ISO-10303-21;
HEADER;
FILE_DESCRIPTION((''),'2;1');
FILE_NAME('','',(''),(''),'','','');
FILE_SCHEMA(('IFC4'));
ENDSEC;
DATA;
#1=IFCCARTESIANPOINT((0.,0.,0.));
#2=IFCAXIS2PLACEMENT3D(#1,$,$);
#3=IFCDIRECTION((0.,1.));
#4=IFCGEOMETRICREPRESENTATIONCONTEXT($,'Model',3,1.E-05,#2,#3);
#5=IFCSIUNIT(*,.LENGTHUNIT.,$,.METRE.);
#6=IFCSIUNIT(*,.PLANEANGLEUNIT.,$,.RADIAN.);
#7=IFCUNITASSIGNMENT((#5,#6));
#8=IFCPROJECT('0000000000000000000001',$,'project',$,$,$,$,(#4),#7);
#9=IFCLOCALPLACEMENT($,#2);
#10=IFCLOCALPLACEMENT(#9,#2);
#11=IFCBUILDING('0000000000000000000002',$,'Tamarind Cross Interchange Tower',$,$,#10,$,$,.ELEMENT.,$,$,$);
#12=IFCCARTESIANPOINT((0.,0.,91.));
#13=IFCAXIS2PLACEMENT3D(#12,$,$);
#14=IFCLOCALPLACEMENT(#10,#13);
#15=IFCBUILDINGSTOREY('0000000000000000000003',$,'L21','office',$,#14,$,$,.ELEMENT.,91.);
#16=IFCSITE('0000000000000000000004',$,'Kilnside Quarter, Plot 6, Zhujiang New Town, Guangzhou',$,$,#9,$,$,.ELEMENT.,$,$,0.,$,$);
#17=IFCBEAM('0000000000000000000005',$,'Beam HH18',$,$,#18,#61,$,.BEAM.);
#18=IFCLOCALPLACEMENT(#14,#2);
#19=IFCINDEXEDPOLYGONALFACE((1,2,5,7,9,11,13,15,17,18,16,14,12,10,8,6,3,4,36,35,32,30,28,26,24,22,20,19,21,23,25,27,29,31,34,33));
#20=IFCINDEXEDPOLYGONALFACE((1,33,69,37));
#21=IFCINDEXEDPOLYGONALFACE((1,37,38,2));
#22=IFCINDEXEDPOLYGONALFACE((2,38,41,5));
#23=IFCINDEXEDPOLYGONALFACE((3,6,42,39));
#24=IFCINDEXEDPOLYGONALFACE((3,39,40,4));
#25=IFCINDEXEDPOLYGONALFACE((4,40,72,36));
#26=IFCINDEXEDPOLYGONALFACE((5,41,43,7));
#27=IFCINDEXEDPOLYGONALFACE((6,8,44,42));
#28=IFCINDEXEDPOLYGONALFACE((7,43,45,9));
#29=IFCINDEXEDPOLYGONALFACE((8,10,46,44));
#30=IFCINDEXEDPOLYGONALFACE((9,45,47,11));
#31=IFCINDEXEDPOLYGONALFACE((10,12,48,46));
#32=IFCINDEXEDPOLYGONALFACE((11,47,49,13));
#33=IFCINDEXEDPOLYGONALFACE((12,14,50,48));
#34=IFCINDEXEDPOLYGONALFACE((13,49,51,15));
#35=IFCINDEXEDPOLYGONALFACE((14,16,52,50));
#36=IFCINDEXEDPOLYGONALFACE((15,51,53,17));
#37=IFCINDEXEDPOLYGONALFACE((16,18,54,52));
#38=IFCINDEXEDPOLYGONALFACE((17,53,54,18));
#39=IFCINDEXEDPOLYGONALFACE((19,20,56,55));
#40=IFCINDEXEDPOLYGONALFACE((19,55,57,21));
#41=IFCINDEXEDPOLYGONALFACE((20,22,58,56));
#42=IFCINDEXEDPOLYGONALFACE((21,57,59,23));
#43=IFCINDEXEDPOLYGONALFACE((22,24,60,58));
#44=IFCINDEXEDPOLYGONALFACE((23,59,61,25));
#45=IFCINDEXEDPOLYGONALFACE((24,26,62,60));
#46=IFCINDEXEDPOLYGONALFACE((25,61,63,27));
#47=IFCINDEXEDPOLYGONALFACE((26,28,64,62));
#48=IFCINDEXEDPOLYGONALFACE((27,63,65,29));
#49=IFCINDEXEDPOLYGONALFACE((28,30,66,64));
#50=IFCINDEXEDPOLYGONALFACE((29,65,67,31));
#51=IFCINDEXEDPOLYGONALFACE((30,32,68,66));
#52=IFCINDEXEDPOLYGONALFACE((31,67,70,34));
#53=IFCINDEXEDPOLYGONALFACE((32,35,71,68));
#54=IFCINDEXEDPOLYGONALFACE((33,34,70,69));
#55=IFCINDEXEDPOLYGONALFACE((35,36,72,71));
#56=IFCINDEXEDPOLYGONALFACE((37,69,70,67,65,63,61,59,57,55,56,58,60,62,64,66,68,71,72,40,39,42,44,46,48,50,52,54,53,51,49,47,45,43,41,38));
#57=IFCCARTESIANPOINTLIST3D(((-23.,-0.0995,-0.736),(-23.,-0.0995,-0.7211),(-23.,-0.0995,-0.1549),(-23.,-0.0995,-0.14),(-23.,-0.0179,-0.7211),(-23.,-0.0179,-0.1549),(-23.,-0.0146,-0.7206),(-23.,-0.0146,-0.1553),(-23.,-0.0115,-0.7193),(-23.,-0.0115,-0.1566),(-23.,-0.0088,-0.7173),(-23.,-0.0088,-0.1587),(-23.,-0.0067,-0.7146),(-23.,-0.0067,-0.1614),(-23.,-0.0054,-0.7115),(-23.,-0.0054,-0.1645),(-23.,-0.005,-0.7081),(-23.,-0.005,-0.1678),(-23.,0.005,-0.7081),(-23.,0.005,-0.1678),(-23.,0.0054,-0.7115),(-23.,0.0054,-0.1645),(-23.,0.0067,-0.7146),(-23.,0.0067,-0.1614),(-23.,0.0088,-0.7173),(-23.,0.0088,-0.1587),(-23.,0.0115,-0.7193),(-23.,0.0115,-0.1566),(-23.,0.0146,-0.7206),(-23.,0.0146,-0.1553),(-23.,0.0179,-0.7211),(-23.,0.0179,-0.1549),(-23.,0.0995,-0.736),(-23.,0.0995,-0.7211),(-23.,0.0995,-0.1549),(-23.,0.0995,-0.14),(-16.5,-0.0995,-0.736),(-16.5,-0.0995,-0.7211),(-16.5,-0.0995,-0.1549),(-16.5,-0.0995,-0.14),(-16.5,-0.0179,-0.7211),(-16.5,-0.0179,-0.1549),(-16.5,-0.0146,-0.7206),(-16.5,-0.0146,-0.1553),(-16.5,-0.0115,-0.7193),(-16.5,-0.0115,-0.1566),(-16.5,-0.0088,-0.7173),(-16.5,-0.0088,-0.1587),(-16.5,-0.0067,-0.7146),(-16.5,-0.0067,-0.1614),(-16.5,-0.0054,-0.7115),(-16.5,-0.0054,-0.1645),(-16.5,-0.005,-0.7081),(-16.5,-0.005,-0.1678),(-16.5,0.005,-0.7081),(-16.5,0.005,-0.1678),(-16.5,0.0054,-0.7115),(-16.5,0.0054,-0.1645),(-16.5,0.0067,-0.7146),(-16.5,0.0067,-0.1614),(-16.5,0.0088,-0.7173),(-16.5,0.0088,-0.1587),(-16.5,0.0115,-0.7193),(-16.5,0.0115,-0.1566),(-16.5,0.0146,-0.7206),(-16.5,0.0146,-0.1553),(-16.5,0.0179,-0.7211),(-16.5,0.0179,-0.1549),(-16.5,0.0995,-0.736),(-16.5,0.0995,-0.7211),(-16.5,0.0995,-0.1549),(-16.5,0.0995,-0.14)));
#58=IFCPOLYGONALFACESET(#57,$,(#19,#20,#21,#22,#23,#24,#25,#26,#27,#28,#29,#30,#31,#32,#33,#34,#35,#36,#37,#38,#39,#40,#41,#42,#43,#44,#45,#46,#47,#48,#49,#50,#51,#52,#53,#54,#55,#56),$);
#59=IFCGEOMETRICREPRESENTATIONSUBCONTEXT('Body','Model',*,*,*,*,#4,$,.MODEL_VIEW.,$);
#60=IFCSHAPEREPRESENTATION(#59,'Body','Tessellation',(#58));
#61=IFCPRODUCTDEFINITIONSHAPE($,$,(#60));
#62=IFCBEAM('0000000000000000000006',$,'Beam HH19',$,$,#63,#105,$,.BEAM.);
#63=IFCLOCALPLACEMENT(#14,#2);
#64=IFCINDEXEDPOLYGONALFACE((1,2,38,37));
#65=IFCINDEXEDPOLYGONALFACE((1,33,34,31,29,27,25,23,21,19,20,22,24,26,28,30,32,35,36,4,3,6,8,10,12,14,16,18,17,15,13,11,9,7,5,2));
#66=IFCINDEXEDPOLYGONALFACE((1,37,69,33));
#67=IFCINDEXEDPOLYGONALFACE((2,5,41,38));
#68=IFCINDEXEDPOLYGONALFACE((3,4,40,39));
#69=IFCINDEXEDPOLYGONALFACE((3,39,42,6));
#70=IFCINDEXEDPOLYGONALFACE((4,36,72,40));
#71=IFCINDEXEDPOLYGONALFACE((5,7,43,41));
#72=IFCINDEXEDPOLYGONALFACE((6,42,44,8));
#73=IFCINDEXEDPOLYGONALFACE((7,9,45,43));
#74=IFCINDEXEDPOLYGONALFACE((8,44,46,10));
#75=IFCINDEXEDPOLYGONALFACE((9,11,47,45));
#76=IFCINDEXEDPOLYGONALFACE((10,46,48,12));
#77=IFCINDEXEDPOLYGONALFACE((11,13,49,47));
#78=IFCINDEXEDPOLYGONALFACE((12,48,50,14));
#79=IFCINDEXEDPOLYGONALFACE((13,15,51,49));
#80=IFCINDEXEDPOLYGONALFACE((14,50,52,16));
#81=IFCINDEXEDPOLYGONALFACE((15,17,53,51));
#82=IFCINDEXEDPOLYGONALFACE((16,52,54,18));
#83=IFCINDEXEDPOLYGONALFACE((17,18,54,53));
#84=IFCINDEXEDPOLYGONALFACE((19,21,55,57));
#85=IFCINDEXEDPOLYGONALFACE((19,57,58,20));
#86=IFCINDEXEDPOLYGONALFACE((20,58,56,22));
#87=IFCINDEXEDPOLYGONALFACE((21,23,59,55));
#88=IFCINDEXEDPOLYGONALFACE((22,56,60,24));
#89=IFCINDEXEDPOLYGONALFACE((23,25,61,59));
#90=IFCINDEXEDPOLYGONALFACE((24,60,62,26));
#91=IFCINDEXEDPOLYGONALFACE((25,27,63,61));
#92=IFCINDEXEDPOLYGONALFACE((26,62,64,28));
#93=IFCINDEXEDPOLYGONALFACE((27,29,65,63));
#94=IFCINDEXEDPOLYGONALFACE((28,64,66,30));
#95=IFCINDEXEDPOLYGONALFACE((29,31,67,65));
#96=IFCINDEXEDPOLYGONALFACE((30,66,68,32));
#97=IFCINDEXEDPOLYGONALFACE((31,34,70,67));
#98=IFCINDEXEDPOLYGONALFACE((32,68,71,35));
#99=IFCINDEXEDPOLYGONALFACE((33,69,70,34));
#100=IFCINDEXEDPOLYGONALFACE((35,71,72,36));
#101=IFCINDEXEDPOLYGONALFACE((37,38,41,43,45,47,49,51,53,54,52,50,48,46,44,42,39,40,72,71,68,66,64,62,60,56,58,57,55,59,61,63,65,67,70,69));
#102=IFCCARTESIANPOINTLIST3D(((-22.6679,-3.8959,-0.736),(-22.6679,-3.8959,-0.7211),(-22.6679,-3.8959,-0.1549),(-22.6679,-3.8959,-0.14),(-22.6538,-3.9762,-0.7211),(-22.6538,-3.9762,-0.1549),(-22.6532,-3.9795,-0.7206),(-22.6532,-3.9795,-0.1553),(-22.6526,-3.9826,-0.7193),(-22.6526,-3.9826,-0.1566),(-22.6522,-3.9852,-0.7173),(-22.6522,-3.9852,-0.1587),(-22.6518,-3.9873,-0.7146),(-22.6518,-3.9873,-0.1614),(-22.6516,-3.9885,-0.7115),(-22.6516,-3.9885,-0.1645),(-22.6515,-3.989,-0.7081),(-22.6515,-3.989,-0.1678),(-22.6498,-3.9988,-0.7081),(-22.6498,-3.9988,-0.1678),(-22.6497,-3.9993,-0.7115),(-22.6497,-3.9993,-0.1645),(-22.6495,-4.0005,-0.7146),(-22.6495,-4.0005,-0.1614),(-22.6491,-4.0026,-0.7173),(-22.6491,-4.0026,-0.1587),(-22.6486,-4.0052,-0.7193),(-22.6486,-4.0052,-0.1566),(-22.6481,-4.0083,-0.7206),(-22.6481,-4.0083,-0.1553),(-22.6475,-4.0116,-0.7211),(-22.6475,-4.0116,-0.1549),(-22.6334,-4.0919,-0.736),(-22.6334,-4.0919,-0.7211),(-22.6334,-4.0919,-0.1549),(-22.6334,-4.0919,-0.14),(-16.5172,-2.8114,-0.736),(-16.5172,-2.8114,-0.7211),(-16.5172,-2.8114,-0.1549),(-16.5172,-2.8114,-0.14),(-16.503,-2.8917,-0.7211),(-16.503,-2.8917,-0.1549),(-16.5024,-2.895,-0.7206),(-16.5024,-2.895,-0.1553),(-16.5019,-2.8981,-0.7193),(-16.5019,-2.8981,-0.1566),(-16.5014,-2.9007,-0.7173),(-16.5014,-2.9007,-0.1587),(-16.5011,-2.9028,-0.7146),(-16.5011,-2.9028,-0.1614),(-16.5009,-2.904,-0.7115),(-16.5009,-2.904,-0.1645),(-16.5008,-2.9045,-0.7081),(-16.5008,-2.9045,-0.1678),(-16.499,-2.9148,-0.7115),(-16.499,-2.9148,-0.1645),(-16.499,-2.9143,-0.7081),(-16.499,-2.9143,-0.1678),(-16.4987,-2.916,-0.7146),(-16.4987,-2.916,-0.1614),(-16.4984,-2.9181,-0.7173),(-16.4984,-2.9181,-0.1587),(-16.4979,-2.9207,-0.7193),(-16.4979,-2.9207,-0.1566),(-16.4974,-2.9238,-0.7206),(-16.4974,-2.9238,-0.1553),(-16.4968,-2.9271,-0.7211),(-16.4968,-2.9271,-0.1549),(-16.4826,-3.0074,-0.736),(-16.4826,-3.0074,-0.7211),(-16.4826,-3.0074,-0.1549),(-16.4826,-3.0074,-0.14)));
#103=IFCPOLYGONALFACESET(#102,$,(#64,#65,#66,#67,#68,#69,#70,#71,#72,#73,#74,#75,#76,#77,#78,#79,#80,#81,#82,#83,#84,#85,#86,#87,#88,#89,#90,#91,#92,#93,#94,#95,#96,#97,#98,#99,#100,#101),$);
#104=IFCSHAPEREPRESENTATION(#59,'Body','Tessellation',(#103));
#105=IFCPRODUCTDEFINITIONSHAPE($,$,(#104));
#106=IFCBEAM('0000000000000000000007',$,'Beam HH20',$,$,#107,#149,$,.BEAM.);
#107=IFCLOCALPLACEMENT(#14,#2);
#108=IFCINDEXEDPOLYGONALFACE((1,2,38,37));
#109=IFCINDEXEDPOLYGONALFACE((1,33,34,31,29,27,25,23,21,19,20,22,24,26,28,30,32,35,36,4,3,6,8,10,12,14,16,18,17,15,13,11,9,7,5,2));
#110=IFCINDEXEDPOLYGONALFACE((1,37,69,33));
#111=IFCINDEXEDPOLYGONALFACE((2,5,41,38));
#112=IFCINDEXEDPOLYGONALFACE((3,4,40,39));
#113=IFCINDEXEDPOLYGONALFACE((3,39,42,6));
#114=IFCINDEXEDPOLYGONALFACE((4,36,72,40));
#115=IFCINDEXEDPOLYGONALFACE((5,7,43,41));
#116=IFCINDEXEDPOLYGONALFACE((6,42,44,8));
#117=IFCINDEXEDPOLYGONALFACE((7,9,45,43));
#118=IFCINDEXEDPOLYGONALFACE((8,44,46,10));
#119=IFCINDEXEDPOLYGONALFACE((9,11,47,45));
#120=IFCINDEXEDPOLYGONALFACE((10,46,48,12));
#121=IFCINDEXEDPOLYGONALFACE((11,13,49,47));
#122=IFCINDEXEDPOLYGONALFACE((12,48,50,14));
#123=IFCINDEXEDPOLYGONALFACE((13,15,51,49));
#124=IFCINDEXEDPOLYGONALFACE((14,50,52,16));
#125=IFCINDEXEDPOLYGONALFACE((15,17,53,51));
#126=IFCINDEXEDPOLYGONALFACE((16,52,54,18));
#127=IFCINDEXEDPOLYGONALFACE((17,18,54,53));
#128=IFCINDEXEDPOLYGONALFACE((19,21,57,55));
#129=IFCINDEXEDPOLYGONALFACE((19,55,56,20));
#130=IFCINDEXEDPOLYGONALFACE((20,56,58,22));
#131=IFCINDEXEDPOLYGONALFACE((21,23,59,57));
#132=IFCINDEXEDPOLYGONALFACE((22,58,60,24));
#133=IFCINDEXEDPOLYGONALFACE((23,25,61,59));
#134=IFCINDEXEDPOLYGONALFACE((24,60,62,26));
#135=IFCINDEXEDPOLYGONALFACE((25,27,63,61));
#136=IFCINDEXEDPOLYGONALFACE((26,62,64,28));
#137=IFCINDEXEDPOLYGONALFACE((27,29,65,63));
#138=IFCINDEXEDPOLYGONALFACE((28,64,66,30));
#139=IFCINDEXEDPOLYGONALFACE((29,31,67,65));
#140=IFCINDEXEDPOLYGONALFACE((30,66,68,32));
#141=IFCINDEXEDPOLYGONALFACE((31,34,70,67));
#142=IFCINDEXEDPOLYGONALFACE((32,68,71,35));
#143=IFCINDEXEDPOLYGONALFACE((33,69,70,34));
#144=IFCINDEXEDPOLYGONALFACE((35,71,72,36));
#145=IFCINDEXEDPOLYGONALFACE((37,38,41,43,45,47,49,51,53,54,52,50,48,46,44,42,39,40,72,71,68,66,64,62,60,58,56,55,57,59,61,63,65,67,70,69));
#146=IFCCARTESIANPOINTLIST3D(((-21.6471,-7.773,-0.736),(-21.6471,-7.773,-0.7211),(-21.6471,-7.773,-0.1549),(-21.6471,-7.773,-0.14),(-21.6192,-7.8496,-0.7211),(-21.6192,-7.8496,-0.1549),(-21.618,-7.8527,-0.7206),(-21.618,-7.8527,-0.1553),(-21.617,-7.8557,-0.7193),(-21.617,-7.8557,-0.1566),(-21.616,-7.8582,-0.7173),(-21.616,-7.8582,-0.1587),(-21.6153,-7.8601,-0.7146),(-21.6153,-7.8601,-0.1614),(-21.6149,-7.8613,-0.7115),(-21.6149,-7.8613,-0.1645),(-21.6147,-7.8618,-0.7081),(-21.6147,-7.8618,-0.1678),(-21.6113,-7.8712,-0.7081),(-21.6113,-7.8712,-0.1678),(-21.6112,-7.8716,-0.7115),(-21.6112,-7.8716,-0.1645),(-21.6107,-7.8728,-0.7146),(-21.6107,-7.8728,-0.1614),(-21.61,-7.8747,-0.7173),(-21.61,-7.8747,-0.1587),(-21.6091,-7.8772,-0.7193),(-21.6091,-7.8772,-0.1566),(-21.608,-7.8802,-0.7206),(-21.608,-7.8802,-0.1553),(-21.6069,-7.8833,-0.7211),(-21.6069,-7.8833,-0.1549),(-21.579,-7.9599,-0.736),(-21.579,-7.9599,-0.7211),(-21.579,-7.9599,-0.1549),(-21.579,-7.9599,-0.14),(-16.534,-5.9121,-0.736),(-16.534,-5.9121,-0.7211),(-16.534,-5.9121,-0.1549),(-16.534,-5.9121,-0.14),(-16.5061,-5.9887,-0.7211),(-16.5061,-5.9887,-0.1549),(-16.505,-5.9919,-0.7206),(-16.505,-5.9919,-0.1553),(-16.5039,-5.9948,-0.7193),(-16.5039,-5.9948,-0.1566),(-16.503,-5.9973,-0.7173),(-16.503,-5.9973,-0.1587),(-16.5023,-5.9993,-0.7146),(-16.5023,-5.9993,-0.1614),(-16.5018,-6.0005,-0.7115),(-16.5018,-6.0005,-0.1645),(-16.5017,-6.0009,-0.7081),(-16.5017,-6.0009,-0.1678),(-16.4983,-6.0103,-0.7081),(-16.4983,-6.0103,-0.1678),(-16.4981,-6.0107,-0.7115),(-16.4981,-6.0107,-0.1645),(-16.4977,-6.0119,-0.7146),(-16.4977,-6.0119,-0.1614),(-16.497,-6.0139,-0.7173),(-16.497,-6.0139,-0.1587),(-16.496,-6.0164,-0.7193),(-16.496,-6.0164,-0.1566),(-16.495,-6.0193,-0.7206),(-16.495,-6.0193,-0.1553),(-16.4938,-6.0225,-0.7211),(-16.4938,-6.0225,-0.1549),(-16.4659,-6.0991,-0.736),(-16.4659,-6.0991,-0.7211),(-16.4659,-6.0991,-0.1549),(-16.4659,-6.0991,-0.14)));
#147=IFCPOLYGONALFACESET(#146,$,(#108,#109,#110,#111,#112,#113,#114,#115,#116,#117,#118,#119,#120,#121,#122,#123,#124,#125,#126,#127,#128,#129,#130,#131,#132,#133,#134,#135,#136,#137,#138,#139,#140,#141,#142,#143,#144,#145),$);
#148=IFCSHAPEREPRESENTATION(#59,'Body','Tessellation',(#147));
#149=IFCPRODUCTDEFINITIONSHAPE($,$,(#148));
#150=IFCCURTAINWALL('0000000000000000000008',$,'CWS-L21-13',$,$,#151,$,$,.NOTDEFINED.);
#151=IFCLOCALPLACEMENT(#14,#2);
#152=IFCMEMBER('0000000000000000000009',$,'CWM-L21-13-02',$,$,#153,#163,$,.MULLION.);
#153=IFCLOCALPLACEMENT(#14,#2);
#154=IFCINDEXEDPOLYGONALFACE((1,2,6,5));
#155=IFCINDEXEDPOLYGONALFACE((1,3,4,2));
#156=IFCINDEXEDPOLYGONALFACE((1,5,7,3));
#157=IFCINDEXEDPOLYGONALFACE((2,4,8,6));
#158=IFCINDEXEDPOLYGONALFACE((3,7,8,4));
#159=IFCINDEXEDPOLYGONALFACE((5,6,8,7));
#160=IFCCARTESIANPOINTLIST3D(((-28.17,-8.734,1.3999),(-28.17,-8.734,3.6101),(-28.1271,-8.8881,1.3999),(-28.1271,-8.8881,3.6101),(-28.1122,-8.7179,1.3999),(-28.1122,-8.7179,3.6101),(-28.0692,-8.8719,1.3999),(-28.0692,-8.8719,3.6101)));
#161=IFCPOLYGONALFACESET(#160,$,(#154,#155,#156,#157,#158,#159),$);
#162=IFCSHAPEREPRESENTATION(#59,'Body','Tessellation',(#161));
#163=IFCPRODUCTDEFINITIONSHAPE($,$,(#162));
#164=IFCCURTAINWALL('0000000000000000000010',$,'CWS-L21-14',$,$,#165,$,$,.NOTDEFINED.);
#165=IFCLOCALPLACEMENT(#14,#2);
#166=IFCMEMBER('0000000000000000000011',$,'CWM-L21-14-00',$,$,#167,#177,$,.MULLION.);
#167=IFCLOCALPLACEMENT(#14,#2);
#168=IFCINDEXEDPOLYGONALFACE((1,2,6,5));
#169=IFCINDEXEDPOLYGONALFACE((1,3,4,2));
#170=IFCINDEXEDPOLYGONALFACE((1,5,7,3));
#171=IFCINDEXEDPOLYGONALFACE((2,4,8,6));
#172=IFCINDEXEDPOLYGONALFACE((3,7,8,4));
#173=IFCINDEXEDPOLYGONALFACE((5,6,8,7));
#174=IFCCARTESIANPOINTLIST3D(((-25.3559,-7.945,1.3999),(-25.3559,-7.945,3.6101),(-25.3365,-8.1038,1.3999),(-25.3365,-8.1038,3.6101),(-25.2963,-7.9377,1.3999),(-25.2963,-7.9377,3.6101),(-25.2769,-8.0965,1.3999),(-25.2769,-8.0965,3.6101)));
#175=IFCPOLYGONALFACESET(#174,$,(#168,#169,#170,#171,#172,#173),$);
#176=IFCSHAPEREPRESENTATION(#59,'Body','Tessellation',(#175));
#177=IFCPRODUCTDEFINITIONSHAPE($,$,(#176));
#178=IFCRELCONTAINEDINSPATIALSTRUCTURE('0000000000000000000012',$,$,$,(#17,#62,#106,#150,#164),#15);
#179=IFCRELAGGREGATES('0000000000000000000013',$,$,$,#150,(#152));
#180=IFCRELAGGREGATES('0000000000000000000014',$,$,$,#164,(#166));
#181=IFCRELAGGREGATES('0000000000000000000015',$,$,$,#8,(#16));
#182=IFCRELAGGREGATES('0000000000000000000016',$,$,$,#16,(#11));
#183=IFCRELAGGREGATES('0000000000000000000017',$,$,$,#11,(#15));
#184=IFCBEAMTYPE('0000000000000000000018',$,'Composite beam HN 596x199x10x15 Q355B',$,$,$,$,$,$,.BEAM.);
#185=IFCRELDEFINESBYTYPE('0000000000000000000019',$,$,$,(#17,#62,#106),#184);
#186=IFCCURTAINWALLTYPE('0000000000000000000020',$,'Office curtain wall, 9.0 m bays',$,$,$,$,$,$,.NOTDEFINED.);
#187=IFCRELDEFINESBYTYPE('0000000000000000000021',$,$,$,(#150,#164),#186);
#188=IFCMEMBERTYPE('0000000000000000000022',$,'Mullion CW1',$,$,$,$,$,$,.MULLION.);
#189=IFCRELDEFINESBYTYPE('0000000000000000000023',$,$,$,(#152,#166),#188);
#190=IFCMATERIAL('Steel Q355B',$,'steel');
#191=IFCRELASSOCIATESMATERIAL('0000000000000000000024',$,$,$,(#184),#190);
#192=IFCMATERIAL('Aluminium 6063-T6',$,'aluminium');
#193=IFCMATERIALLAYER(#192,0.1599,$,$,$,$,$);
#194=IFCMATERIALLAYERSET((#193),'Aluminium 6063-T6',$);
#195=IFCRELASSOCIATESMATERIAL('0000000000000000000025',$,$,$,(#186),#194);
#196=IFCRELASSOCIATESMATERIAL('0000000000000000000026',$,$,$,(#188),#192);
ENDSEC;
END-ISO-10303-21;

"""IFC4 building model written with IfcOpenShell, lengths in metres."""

from ifc_helpers import new_model, si_unit, direction, frame, origin, origin_2d, place, context, subcontext, project, spatial, rectangle, i_section, extrude, material, layer, layer_set, material_profile, profile_set, type_object, element, aggregate, save


model = new_model("IFC4")

# Units and contexts
model_context = context("Model", 3, precision=1e-05, world=origin(), true_north=direction((0.0, 1.0)))
body_context = subcontext(model_context, "Body", "Model", "MODEL_VIEW")
ifc_project = project(units=[si_unit("LENGTHUNIT", "METRE"), si_unit("PLANEANGLEUNIT", "RADIAN")], contexts=[model_context])

# Site, building, storey
site_placement = place(None, origin())
site = spatial("IfcSite", under=ifc_project, at=site_placement, Name="Kilnside Quarter, Plot 6, Zhujiang New Town, Guangzhou", CompositionType="ELEMENT", RefElevation=0.0)
building_placement = place(site_placement, origin())
building = spatial("IfcBuilding", under=site, at=building_placement, Name="Tamarind Cross Interchange Tower", CompositionType="ELEMENT")
storey_placement = place(building_placement, frame((0.0, 0.0, 91.0)))
storey = spatial("IfcBuildingStorey", under=building, at=storey_placement, Name="L21", Description="office", CompositionType="ELEMENT", Elevation=91.0)

# Beams
ifc_material_1 = material(Name="Steel Q355B", Category="steel")
ifc_material_profile_1 = material_profile(ifc_material_1, i_section(OverallWidth=0.199, OverallDepth=0.5959, WebThickness=0.01, FlangeThickness=0.0149, FilletRadius=0.0129, at=origin_2d()), Name="HN 596x199x10x15")
ifc_profile_set_1 = profile_set([ifc_material_profile_1], Name="Steel Q355B")
beam_type_1 = type_object("IfcBeamType", Name="Composite beam HN 596x199x10x15 Q355B", PredefinedType="BEAM", material=ifc_profile_set_1)
beam_1_placement = place(storey_placement, frame((-23.0, 0.0, -0.438), z_axis=(1.0, 0.0, 0.0), x_axis=(0.0, 1.0, 0.0)))
element("IfcBeam", 1, at=beam_1_placement, inside=storey, type_object=beam_type_1, Name="Beam HH18", PredefinedType="BEAM", context=body_context, shape_type="SweptSolid", body=[
    extrude(i_section(OverallWidth=0.199, OverallDepth=0.5959, WebThickness=0.01, FlangeThickness=0.0149, FilletRadius=0.0129, at=origin_2d()), origin(), (0.0, 0.0, 1.0), 6.5),
])
beam_2_placement = place(storey_placement, frame((-22.6506, -3.9939, -0.438), z_axis=(0.984809, 0.17364, 0.0), x_axis=(-0.17364, 0.984809, 0.0)))
element("IfcBeam", 2, at=beam_2_placement, inside=storey, type_object=beam_type_1, Name="Beam HH19", PredefinedType="BEAM", context=body_context, shape_type="SweptSolid", body=[
    extrude(i_section(OverallWidth=0.199, OverallDepth=0.5959, WebThickness=0.01, FlangeThickness=0.0149, FilletRadius=0.0129, at=origin_2d()), origin(), (0.0, 0.0, 1.0), 6.2456),
])
beam_3_placement = place(storey_placement, frame((-21.613, -7.8665, -0.438), z_axis=(0.939702, 0.341995, 0.0), x_axis=(-0.341995, 0.939702, 0.0)))
element("IfcBeam", 3, at=beam_3_placement, inside=storey, type_object=beam_type_1, Name="Beam HH20", PredefinedType="BEAM", context=body_context, shape_type="SweptSolid", body=[
    extrude(i_section(OverallWidth=0.199, OverallDepth=0.5959, WebThickness=0.01, FlangeThickness=0.0149, FilletRadius=0.0129, at=origin_2d()), origin(), (0.0, 0.0, 1.0), 5.4412),
])

# Curtain walls, members
ifc_material_2 = material(Name="Aluminium 6063-T6", Category="aluminium")
ifc_layer_1 = layer(ifc_material_2, 0.1599)
ifc_layer_set_1 = layer_set([ifc_layer_1], Name="Aluminium 6063-T6")
curtain_wall_type = type_object("IfcCurtainWallType", Name="Office curtain wall, 9.0 m bays", PredefinedType="NOTDEFINED", material=ifc_layer_set_1)
curtain_wall_1_placement = place(storey_placement, origin())
curtain_wall_1 = element("IfcCurtainWall", 4, at=curtain_wall_1_placement, inside=storey, type_object=curtain_wall_type, Name="CWS-L21-13", PredefinedType="NOTDEFINED")
ifc_material_profile_2 = material_profile(ifc_material_2, rectangle(XDim=0.0601, YDim=0.1599, at=origin_2d()), Name="Mullion CW1")
ifc_profile_set_2 = profile_set([ifc_material_profile_2], Name="Aluminium 6063-T6")
member_type = type_object("IfcMemberType", Name="Mullion CW1", PredefinedType="MULLION", material=ifc_profile_set_2)
member_1_placement = place(storey_placement, frame((-28.1196, -8.803, 1.3999), z_axis=(0.0, 0.0, 1.0), x_axis=(0.963187, 0.268831, 0.0)))
member_1 = element("IfcMember", 5, at=member_1_placement, type_object=member_type, Name="CWM-L21-13-02", PredefinedType="MULLION", context=body_context, shape_type="SweptSolid", body=[
    extrude(rectangle(XDim=0.0601, YDim=0.1599, at=origin_2d()), origin(), (0.0, 0.0, 1.0), 2.2102),
])
aggregate(curtain_wall_1, [member_1])
curtain_wall_2_placement = place(storey_placement, origin())
curtain_wall_2 = element("IfcCurtainWall", 6, at=curtain_wall_2_placement, inside=storey, type_object=curtain_wall_type, Name="CWS-L21-14", PredefinedType="NOTDEFINED")
member_2_placement = place(storey_placement, frame((-25.3164, -8.0208, 1.3999), z_axis=(0.0, 0.0, 1.0), x_axis=(0.992599, 0.121439, 0.0)))
member_2 = element("IfcMember", 7, at=member_2_placement, type_object=member_type, Name="CWM-L21-14-00", PredefinedType="MULLION", context=body_context, shape_type="SweptSolid", body=[
    extrude(rectangle(XDim=0.0601, YDim=0.1599, at=origin_2d()), origin(), (0.0, 0.0, 1.0), 2.2102),
])
aggregate(curtain_wall_2, [member_2])

save(model, "model.ifc")
